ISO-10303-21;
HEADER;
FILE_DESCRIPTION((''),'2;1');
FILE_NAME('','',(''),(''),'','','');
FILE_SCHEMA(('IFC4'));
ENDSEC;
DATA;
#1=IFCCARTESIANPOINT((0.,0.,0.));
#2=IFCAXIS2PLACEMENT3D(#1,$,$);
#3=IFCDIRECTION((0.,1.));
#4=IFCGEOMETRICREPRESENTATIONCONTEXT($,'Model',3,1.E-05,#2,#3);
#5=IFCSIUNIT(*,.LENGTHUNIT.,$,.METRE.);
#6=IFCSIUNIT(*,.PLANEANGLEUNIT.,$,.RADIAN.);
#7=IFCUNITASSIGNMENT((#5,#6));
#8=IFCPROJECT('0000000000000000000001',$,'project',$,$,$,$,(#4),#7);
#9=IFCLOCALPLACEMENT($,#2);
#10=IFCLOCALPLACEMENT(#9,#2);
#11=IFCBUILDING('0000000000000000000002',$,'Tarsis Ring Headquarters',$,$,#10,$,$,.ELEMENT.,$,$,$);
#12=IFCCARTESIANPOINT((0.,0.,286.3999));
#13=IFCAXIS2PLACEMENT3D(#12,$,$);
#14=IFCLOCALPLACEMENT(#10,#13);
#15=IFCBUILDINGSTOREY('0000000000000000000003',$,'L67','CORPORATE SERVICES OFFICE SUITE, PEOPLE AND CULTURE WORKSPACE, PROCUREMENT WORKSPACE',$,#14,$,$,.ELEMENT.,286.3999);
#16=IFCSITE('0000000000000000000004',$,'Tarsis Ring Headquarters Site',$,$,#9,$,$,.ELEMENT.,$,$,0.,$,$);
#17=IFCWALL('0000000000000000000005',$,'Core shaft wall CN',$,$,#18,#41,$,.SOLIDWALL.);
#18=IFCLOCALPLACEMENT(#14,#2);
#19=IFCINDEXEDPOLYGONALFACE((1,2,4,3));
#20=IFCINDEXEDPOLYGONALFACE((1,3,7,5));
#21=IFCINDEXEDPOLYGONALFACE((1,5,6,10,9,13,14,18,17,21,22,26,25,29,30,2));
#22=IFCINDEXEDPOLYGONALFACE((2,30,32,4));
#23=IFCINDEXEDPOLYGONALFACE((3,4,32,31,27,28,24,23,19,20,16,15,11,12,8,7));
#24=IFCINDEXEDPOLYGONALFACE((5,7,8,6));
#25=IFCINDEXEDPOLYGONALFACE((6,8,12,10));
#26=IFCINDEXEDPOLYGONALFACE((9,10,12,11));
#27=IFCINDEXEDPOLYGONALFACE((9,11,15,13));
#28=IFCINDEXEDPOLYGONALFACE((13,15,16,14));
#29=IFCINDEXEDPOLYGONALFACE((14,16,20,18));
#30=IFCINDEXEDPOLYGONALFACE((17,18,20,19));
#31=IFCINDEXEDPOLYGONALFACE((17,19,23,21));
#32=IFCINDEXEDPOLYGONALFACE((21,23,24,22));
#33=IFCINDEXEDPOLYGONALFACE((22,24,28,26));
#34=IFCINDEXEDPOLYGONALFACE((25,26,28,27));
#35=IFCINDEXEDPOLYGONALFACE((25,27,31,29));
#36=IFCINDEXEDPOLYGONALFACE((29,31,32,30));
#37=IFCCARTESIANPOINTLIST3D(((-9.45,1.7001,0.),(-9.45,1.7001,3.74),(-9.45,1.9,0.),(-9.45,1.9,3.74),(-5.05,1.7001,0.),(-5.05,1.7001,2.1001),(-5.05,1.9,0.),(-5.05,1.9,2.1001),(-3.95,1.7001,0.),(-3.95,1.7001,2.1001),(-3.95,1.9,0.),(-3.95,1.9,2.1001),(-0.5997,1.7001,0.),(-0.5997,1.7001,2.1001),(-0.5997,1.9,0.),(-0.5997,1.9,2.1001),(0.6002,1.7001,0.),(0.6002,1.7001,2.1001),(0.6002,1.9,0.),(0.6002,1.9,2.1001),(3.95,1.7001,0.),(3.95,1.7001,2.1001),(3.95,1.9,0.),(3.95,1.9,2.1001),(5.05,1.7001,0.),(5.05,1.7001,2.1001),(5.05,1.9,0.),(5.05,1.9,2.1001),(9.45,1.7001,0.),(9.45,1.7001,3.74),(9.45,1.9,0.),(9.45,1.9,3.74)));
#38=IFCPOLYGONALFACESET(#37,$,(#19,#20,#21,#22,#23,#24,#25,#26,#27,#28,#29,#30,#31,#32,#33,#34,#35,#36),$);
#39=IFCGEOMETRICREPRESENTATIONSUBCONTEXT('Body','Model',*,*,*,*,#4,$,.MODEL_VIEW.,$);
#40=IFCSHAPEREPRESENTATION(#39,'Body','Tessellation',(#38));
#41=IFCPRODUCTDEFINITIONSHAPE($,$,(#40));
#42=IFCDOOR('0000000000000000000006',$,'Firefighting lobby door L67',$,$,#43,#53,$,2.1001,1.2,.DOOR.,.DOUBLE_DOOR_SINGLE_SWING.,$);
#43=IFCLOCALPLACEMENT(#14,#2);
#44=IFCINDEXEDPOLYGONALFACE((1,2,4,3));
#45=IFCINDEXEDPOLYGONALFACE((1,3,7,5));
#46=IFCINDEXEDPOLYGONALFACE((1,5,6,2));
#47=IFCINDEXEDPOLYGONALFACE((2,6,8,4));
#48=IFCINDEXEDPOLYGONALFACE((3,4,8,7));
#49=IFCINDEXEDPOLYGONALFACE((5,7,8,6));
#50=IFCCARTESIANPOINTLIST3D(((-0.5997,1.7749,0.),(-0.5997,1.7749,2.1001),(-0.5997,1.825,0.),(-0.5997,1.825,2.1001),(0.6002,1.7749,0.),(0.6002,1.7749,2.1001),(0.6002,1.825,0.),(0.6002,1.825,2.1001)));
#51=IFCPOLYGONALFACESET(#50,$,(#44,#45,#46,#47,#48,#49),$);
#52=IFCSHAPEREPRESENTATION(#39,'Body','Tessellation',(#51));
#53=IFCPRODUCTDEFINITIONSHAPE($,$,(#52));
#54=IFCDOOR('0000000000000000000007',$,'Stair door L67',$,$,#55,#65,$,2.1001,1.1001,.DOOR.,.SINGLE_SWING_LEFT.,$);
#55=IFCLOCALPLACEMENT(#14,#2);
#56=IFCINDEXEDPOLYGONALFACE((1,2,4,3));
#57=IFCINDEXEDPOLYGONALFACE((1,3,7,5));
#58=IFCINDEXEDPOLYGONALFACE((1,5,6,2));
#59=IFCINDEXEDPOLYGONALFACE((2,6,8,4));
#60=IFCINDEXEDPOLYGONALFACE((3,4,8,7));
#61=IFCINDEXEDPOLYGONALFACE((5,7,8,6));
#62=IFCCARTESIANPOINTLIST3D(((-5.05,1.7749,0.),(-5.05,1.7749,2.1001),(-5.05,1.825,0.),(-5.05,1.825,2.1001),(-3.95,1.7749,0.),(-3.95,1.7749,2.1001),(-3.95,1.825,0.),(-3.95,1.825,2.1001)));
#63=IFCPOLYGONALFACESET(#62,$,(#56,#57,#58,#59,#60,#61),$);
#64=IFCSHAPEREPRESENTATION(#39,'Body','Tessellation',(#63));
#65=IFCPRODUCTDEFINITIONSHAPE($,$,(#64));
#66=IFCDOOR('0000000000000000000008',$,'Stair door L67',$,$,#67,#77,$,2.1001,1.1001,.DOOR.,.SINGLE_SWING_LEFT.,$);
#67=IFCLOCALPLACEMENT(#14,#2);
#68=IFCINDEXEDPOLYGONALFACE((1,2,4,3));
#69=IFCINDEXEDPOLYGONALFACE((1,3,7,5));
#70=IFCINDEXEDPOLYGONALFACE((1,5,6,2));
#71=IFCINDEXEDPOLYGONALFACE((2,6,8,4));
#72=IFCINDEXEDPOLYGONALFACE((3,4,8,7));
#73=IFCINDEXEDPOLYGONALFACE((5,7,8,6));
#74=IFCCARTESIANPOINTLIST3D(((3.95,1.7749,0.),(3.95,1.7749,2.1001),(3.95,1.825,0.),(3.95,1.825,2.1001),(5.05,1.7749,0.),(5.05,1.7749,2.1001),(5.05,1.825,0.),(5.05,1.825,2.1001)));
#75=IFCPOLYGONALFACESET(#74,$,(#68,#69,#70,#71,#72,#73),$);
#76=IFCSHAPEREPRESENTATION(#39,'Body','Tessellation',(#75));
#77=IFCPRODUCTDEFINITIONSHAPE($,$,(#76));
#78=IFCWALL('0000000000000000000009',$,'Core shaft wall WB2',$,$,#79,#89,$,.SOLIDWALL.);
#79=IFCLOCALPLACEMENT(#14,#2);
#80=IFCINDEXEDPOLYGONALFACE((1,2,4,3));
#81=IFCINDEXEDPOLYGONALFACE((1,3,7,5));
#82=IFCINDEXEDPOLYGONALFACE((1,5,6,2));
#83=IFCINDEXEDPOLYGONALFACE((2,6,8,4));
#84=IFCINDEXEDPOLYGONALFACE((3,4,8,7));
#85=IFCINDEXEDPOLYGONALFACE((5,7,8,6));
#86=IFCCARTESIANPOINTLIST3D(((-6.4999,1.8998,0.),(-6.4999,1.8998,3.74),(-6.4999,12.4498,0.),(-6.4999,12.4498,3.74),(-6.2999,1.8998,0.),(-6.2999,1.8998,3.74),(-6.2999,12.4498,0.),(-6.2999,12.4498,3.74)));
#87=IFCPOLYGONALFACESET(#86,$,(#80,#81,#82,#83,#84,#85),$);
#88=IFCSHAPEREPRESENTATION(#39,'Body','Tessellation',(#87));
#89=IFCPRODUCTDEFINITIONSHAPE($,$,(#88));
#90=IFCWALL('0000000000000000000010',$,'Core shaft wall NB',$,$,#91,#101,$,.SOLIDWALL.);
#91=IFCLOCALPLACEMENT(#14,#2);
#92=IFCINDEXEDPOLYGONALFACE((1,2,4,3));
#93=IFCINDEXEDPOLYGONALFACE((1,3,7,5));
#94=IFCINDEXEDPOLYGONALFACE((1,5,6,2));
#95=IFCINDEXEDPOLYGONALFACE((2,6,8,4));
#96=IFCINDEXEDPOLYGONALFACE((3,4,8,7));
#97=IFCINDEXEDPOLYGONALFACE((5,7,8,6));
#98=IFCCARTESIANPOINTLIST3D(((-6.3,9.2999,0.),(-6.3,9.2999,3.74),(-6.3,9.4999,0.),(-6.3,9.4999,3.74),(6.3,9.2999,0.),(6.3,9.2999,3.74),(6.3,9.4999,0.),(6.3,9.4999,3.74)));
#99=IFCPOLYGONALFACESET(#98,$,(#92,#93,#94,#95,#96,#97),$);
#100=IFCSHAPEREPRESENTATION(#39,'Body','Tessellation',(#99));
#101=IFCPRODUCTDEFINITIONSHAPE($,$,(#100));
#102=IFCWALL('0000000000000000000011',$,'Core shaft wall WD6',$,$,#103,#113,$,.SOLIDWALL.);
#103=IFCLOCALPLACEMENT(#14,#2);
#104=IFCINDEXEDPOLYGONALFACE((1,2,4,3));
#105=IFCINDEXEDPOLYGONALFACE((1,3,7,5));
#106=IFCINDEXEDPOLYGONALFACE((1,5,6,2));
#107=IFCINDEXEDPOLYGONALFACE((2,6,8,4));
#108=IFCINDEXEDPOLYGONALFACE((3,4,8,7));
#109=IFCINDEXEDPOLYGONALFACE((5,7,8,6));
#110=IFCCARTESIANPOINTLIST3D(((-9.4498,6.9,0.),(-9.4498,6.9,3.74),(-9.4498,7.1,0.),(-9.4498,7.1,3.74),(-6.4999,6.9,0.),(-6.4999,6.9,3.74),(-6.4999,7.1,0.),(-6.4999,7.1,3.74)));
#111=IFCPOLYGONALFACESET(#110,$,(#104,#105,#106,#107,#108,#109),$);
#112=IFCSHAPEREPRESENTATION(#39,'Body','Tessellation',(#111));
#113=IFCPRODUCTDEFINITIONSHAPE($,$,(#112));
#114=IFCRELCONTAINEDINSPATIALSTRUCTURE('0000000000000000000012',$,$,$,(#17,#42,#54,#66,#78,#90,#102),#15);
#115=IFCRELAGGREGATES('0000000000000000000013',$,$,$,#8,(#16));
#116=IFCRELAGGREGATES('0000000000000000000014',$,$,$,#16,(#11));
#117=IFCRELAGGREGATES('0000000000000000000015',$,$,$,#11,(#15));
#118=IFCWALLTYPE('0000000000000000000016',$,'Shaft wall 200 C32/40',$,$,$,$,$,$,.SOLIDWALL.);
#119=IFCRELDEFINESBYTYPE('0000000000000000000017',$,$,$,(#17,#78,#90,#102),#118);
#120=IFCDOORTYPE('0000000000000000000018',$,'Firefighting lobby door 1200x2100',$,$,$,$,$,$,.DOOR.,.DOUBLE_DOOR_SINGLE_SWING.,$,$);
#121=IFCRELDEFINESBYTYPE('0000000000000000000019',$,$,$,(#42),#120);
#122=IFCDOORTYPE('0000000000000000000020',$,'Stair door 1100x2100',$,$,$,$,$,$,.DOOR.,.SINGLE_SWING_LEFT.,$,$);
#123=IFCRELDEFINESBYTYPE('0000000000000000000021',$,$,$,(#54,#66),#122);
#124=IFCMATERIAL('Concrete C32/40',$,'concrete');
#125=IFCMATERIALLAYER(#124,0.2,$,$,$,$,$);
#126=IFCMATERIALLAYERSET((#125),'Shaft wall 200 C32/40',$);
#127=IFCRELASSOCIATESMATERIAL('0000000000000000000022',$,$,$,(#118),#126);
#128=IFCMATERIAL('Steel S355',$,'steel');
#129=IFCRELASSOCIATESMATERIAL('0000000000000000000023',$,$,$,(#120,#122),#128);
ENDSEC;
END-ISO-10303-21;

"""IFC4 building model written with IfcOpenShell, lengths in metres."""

from ifc_helpers import new_model, si_unit, direction, frame, frame_2d, origin, place, context, subcontext, project, spatial, rectangle, extrude, material, layer, layer_set, type_object, element, fill, save


model = new_model("IFC4")

# Units and contexts
model_context = context("Model", 3, precision=1e-05, world=origin(), true_north=direction((0.0, 1.0)))
body_context = subcontext(model_context, "Body", "Model", "MODEL_VIEW")
ifc_project = project(units=[si_unit("LENGTHUNIT", "METRE"), si_unit("PLANEANGLEUNIT", "RADIAN")], contexts=[model_context])

# Site, building, storey
site_placement = place(None, origin())
site = spatial("IfcSite", under=ifc_project, at=site_placement, Name="Tarsis Ring Headquarters Site", CompositionType="ELEMENT", RefElevation=0.0)
building_placement = place(site_placement, origin())
building = spatial("IfcBuilding", under=site, at=building_placement, Name="Tarsis Ring Headquarters", CompositionType="ELEMENT")
storey_placement = place(building_placement, frame((0.0, 0.0, 286.3999)))
storey = spatial("IfcBuildingStorey", under=building, at=storey_placement, Name="L67", Description="CORPORATE SERVICES OFFICE SUITE, PEOPLE AND CULTURE WORKSPACE, PROCUREMENT WORKSPACE", CompositionType="ELEMENT", Elevation=286.3999)

# Shared definitions
ifc_material_1 = material(Name="Steel S355", Category="steel")

# Shared definitions
ifc_material_2 = material(Name="Concrete C32/40", Category="concrete")

# Wall, openings, doors
ifc_layer_1 = layer(ifc_material_2, 0.2)
ifc_layer_set_1 = layer_set([ifc_layer_1], Name="Shaft wall 200 C32/40")
wall_type_1 = type_object("IfcWallType", Name="Shaft wall 200 C32/40", PredefinedType="SOLIDWALL", material=ifc_layer_set_1)
wall_1_placement = place(storey_placement, frame((-9.45, 1.8, 0.0), z_axis=(0.0, 0.0, 1.0), x_axis=(1.0, 0.0, 0.0)))
wall_1 = element("IfcWall", 1, at=wall_1_placement, inside=storey, type_object=wall_type_1, Name="Core shaft wall CN", PredefinedType="SOLIDWALL", context=body_context, shape_type="SweptSolid", body=[
    extrude(rectangle(XDim=18.8999, YDim=0.2, at=frame_2d((9.45, 0.0))), origin(), (0.0, 0.0, 1.0), 3.74),
])
opening_1_placement = place(wall_1_placement, frame((4.3999, 0.0, 0.0)))
opening_1 = element("IfcOpeningElement", 2, at=opening_1_placement, cuts=wall_1, PredefinedType="OPENING", context=body_context, shape_type="SweptSolid", body=[
    extrude(rectangle(XDim=1.1001, YDim=2.1001, at=frame_2d((0.55, 1.05))), frame((0.0, 0.1099, 0.0), z_axis=(0.0, -1.0, 0.0), x_axis=(1.0, 0.0, 0.0)), (0.0, 0.0, 1.0), 0.22),
])
opening_2_placement = place(wall_1_placement, frame((8.8501, 0.0, 0.0)))
opening_2 = element("IfcOpeningElement", 3, at=opening_2_placement, cuts=wall_1, PredefinedType="OPENING", context=body_context, shape_type="SweptSolid", body=[
    extrude(rectangle(XDim=1.2, YDim=2.1001, at=frame_2d((0.6001, 1.05))), frame((0.0, 0.1099, 0.0), z_axis=(0.0, -1.0, 0.0), x_axis=(1.0, 0.0, 0.0)), (0.0, 0.0, 1.0), 0.22),
])
opening_3_placement = place(wall_1_placement, frame((13.3999, 0.0, 0.0)))
opening_3 = element("IfcOpeningElement", 4, at=opening_3_placement, cuts=wall_1, PredefinedType="OPENING", context=body_context, shape_type="SweptSolid", body=[
    extrude(rectangle(XDim=1.1001, YDim=2.1001, at=frame_2d((0.55, 1.05))), frame((0.0, 0.1099, 0.0), z_axis=(0.0, -1.0, 0.0), x_axis=(1.0, 0.0, 0.0)), (0.0, 0.0, 1.0), 0.22),
])
door_type_1 = type_object("IfcDoorType", Name="Firefighting lobby door 1200x2100", OperationType="DOUBLE_DOOR_SINGLE_SWING", PredefinedType="DOOR", material=ifc_material_1)
door_1_placement = place(opening_2_placement, origin())
door_1 = element("IfcDoor", 5, at=door_1_placement, inside=storey, type_object=door_type_1, Name="Firefighting lobby door L67", OperationType="DOUBLE_DOOR_SINGLE_SWING", OverallHeight=2.1001, OverallWidth=1.2, PredefinedType="DOOR", context=body_context, shape_type="SweptSolid", body=[
    extrude(rectangle(XDim=1.2, YDim=2.1001, at=frame_2d((0.6001, 1.05))), frame((0.0, 0.0249, 0.0), z_axis=(0.0, -1.0, 0.0), x_axis=(1.0, 0.0, 0.0)), (0.0, 0.0, 1.0), 0.05),
])
fill(opening_2, door_1)
door_type_2 = type_object("IfcDoorType", Name="Stair door 1100x2100", OperationType="SINGLE_SWING_LEFT", PredefinedType="DOOR", material=ifc_material_1)
door_2_placement = place(opening_1_placement, origin())
door_2 = element("IfcDoor", 6, at=door_2_placement, inside=storey, type_object=door_type_2, Name="Stair door L67", OperationType="SINGLE_SWING_LEFT", OverallHeight=2.1001, OverallWidth=1.1001, PredefinedType="DOOR", context=body_context, shape_type="SweptSolid", body=[
    extrude(rectangle(XDim=1.1001, YDim=2.1001, at=frame_2d((0.55, 1.05))), frame((0.0, 0.0249, 0.0), z_axis=(0.0, -1.0, 0.0), x_axis=(1.0, 0.0, 0.0)), (0.0, 0.0, 1.0), 0.05),
])
fill(opening_1, door_2)
door_3_placement = place(opening_3_placement, origin())
door_3 = element("IfcDoor", 7, at=door_3_placement, inside=storey, type_object=door_type_2, Name="Stair door L67", OperationType="SINGLE_SWING_LEFT", OverallHeight=2.1001, OverallWidth=1.1001, PredefinedType="DOOR", context=body_context, shape_type="SweptSolid", body=[
    extrude(rectangle(XDim=1.1001, YDim=2.1001, at=frame_2d((0.55, 1.05))), frame((0.0, 0.0249, 0.0), z_axis=(0.0, -1.0, 0.0), x_axis=(1.0, 0.0, 0.0)), (0.0, 0.0, 1.0), 0.05),
])
fill(opening_3, door_3)

# Walls
wall_2_placement = place(storey_placement, frame((-6.3999, 1.8999, 0.0), z_axis=(0.0, 0.0, 1.0), x_axis=(0.0, 1.0, 0.0)))
element("IfcWall", 8, at=wall_2_placement, inside=storey, type_object=wall_type_1, Name="Core shaft wall WB2", PredefinedType="SOLIDWALL", context=body_context, shape_type="SweptSolid", body=[
    extrude(rectangle(XDim=10.55, YDim=0.2, at=frame_2d((5.2749, 0.0))), origin(), (0.0, 0.0, 1.0), 3.74),
])
wall_3_placement = place(storey_placement, frame((-6.3, 9.3999, 0.0), z_axis=(0.0, 0.0, 1.0), x_axis=(1.0, 0.0, 0.0)))
element("IfcWall", 9, at=wall_3_placement, inside=storey, type_object=wall_type_1, Name="Core shaft wall NB", PredefinedType="SOLIDWALL", context=body_context, shape_type="SweptSolid", body=[
    extrude(rectangle(XDim=12.6001, YDim=0.2, at=frame_2d((6.3, 0.0))), origin(), (0.0, 0.0, 1.0), 3.74),
])
wall_4_placement = place(storey_placement, frame((-9.45, 7.0, 0.0), z_axis=(0.0, 0.0, 1.0), x_axis=(1.0, 0.0, 0.0)))
element("IfcWall", 10, at=wall_4_placement, inside=storey, type_object=wall_type_1, Name="Core shaft wall WD6", PredefinedType="SOLIDWALL", context=body_context, shape_type="SweptSolid", body=[
    extrude(rectangle(XDim=2.95, YDim=0.2, at=frame_2d((1.4751, 0.0))), origin(), (0.0, 0.0, 1.0), 3.74),
])

save(model, "model.ifc")
